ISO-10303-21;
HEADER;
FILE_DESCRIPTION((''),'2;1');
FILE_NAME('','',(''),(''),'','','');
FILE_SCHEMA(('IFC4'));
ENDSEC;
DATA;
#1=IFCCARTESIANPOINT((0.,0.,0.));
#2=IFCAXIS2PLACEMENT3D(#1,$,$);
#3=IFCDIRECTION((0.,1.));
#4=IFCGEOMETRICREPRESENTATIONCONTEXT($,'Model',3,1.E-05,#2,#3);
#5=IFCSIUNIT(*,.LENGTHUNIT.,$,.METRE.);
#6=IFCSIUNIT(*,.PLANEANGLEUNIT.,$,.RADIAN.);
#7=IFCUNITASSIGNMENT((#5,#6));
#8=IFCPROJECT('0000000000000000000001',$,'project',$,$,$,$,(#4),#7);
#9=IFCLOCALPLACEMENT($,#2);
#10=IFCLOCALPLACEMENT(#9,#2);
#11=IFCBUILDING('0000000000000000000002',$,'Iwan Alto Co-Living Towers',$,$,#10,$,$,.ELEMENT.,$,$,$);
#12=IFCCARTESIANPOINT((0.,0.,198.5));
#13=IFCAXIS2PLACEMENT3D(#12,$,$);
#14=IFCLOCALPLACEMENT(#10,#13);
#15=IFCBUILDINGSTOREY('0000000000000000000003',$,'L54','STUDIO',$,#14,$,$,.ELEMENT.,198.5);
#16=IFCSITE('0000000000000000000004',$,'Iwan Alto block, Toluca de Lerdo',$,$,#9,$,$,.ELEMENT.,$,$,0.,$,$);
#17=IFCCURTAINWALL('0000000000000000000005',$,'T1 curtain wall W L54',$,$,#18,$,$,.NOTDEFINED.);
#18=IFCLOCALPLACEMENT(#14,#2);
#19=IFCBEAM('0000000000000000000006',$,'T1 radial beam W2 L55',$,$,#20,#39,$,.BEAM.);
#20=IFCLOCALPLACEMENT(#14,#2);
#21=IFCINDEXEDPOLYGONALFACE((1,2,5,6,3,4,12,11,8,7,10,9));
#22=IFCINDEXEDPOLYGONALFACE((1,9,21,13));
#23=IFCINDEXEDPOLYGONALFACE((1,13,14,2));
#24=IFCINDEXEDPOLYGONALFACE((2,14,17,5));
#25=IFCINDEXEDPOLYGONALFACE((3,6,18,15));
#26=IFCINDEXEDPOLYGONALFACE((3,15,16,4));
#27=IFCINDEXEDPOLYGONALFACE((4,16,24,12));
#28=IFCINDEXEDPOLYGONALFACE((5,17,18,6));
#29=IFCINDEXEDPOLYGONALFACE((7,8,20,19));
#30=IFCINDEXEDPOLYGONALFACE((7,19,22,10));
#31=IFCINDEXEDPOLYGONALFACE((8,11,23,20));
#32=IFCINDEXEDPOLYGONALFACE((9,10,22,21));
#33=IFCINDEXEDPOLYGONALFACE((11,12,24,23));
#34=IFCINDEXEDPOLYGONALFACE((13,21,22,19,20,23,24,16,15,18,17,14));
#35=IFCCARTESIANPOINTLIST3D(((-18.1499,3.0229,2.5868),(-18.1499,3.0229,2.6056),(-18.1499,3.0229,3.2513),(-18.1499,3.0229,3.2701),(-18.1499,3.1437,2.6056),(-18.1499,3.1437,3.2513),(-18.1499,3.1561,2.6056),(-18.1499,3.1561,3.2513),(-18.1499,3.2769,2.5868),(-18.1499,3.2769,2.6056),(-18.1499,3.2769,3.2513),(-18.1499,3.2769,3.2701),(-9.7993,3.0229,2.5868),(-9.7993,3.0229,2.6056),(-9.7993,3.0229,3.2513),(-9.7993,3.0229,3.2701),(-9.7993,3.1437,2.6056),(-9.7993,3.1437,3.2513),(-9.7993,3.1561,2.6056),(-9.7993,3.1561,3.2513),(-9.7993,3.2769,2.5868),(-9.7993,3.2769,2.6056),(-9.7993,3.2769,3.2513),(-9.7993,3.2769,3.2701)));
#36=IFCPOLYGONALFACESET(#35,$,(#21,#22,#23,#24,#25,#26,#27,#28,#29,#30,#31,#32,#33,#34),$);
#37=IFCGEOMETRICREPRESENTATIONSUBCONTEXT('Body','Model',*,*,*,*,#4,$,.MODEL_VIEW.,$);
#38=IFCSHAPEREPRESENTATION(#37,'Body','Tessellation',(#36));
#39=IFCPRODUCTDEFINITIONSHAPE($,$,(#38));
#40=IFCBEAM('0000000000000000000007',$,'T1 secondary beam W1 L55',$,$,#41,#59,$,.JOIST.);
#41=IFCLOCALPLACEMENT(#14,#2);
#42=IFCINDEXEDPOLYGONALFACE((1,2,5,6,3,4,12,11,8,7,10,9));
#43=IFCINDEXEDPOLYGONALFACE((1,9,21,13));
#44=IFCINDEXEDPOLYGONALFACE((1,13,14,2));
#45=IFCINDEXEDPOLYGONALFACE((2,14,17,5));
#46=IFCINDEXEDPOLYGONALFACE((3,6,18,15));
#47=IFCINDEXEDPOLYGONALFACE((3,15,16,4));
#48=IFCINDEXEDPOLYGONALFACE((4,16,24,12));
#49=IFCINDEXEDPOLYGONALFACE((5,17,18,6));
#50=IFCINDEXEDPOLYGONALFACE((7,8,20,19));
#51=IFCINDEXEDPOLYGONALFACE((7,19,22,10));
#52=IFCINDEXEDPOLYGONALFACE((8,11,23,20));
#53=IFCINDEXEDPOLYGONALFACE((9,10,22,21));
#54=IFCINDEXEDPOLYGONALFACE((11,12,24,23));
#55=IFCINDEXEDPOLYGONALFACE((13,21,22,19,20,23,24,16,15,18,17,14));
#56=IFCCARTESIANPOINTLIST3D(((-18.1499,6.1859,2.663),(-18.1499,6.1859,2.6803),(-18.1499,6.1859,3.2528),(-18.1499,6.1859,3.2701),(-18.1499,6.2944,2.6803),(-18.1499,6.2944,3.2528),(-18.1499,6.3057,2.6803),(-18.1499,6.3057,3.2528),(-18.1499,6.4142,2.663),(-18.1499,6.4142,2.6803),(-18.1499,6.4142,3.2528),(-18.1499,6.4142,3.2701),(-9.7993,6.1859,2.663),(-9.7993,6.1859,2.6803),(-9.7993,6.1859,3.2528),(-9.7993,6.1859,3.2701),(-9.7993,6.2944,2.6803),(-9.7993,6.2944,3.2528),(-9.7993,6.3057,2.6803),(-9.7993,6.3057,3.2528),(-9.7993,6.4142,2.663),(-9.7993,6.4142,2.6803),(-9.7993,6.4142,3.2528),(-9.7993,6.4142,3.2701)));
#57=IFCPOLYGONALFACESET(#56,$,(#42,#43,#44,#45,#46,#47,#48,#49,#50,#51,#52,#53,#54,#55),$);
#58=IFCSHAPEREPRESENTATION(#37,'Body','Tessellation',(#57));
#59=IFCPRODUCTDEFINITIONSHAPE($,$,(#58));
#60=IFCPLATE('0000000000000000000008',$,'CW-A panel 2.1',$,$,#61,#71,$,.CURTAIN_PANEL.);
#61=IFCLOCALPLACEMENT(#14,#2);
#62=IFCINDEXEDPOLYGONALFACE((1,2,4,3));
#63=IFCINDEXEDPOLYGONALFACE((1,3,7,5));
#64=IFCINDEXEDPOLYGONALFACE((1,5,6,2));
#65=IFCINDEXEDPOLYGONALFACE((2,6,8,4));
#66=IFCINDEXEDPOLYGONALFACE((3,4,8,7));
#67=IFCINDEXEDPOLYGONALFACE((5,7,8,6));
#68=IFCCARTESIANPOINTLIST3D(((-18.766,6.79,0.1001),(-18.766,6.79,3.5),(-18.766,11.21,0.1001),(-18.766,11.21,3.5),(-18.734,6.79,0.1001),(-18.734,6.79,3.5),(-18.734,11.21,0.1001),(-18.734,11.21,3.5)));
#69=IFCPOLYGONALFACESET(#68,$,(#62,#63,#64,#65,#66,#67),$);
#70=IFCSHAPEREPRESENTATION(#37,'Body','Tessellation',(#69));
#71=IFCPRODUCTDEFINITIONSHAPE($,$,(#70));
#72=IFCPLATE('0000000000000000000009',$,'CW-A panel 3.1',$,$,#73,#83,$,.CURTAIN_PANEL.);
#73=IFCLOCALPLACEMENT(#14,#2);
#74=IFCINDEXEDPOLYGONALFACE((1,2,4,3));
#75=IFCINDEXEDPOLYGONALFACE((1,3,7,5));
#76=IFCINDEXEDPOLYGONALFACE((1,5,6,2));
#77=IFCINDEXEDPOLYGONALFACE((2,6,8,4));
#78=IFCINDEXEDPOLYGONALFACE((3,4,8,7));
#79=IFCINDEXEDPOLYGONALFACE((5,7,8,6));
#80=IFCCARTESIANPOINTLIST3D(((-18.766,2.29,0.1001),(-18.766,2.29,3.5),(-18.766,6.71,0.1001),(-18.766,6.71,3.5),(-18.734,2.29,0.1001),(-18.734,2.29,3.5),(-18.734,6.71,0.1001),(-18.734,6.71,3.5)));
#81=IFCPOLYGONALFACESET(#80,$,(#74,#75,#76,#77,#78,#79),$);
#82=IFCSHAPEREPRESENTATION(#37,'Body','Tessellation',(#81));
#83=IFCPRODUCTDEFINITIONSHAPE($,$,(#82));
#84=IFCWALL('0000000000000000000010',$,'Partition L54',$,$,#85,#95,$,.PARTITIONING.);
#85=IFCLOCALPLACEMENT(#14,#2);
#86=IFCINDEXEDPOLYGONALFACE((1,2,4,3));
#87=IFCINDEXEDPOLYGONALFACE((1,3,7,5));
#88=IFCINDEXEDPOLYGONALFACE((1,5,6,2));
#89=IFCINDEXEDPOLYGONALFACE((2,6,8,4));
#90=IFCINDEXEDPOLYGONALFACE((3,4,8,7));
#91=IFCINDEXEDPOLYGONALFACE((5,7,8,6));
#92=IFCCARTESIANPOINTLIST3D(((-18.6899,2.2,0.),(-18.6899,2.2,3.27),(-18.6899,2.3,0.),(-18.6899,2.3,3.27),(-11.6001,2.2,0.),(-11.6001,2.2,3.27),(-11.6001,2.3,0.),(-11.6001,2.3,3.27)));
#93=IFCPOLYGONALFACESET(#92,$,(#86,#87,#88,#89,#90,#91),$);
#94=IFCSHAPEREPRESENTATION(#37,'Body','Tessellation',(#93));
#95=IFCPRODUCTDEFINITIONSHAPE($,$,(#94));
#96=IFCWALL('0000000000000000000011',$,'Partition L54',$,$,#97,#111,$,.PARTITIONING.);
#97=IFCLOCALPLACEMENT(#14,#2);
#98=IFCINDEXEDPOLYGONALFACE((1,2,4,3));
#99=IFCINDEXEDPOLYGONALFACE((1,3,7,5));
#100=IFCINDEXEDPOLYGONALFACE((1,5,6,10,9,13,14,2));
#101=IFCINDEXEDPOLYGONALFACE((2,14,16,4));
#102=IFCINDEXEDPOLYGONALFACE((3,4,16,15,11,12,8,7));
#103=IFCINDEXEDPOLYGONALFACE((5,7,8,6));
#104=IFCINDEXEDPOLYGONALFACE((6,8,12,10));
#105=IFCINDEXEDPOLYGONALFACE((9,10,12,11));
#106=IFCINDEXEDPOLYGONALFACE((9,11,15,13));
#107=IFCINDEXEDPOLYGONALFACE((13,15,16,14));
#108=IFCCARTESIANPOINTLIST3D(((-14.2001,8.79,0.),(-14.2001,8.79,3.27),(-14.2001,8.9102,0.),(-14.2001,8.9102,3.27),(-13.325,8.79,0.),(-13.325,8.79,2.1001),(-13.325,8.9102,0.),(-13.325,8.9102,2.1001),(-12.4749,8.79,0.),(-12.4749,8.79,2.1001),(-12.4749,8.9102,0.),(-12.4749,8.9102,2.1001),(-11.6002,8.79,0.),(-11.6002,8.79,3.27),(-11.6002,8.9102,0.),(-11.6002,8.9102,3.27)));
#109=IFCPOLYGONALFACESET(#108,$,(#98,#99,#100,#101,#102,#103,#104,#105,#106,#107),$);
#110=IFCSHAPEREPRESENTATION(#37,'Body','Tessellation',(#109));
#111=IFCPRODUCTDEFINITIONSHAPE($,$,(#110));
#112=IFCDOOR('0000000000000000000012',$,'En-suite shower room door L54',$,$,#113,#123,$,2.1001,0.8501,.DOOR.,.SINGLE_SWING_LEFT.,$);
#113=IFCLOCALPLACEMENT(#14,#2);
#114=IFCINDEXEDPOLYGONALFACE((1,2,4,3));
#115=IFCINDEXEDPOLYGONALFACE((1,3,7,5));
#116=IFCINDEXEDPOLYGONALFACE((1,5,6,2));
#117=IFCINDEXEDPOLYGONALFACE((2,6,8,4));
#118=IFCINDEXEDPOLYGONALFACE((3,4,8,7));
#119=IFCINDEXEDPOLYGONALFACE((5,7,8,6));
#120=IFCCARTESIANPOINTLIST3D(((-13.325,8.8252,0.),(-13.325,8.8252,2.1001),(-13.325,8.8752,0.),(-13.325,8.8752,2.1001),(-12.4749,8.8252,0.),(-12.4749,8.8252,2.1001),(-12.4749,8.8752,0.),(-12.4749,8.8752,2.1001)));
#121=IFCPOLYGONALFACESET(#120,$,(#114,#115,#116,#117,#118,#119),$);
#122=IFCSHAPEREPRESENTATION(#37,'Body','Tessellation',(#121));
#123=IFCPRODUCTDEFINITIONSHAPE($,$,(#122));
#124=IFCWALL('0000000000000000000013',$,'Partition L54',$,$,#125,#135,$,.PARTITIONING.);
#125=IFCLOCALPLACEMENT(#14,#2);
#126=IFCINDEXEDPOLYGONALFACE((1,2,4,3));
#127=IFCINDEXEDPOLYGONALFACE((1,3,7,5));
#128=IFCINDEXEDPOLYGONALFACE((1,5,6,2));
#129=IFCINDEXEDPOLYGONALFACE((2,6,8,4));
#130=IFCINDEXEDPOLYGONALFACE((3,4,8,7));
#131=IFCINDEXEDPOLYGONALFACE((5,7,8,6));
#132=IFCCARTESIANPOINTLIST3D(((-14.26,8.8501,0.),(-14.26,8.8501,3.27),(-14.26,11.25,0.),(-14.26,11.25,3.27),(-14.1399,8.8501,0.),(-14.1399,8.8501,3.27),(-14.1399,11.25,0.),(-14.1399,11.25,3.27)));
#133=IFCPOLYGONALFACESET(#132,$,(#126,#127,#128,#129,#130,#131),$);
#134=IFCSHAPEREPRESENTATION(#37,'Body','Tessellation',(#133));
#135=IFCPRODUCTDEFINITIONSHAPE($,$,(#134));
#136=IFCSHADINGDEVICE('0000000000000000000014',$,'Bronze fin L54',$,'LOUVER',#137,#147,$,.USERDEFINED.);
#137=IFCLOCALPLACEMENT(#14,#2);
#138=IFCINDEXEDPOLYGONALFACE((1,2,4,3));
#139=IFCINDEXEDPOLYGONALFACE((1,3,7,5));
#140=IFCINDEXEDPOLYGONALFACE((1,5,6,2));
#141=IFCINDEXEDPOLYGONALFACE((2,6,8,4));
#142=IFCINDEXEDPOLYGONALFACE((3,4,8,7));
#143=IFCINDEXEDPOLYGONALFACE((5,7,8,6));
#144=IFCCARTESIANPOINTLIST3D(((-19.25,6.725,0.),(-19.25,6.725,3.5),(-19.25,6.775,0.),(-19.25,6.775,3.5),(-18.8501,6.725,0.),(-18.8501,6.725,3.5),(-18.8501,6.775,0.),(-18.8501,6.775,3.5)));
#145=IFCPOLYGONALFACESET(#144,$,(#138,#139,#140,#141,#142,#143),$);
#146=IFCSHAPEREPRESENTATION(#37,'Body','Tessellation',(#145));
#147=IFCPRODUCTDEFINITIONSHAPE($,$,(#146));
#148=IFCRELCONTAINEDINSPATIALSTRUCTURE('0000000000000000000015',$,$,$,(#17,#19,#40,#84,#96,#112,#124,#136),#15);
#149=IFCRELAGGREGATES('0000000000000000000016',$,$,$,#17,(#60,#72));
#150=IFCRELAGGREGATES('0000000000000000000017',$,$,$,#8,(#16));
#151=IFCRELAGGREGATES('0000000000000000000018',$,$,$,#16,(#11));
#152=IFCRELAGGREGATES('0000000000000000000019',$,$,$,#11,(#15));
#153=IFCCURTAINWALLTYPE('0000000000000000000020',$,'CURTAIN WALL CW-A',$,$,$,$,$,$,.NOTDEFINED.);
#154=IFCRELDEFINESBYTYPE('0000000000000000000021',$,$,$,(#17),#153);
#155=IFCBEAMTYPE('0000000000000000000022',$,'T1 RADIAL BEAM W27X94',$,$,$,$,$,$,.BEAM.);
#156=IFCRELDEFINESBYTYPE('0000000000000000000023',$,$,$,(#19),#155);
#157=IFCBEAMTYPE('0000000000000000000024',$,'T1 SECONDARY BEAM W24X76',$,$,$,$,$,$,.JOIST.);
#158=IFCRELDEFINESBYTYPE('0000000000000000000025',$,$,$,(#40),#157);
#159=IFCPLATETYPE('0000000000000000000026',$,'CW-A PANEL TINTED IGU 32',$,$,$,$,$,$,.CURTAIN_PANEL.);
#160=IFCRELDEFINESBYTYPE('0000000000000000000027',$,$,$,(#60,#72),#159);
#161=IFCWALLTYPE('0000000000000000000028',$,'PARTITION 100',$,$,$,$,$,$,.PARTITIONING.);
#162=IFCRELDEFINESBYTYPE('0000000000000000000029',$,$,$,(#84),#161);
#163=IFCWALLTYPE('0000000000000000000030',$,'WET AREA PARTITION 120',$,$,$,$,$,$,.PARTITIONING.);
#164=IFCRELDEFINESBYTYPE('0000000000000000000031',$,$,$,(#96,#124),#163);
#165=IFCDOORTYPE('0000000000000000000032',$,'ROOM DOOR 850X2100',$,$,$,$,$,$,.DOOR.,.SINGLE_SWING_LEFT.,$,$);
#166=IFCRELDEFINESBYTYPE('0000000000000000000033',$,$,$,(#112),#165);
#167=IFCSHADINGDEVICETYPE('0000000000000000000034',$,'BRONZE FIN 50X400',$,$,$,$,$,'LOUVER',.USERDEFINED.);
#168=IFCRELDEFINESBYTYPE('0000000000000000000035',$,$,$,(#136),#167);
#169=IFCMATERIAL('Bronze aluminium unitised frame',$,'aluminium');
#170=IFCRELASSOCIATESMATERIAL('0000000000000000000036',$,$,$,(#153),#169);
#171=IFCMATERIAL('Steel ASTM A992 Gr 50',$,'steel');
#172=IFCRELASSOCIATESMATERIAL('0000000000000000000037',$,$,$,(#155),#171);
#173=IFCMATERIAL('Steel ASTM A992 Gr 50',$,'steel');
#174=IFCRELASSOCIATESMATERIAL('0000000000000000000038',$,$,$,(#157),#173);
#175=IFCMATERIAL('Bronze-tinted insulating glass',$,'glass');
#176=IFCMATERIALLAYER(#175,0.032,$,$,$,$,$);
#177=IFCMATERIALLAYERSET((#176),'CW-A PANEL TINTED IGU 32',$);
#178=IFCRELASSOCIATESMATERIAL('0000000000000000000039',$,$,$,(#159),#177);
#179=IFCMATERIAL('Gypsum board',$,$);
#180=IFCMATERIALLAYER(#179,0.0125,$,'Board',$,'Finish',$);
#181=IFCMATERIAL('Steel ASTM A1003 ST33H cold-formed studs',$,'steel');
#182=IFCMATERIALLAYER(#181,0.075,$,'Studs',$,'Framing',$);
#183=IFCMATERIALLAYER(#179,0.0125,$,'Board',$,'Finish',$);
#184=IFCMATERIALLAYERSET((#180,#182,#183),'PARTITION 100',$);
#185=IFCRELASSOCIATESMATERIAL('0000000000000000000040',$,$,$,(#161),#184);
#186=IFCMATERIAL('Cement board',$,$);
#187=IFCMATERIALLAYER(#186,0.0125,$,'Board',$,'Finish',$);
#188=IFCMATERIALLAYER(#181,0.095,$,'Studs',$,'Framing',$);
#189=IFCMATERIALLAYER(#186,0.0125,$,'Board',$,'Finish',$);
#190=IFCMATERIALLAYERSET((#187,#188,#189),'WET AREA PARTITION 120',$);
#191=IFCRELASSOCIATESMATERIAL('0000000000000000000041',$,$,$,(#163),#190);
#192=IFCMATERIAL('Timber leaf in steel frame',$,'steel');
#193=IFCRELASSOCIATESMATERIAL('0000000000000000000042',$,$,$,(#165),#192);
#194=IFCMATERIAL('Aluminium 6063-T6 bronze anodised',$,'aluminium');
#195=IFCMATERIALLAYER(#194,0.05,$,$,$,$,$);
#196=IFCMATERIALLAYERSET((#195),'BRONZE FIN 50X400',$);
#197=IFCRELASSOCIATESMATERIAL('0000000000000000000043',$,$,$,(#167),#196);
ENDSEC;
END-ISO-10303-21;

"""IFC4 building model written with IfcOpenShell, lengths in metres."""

from ifc_helpers import new_model, si_unit, direction, frame, frame_2d, origin, origin_2d, place, context, subcontext, project, spatial, rectangle, i_section, extrude, material, layer, layer_set, material_profile, profile_set, type_object, element, fill, aggregate, save


model = new_model("IFC4")

# Units and contexts
model_context = context("Model", 3, precision=1e-05, world=origin(), true_north=direction((0.0, 1.0)))
body_context = subcontext(model_context, "Body", "Model", "MODEL_VIEW")
ifc_project = project(units=[si_unit("LENGTHUNIT", "METRE"), si_unit("PLANEANGLEUNIT", "RADIAN")], contexts=[model_context])

# Site, building, storey
site_placement = place(None, origin())
site = spatial("IfcSite", under=ifc_project, at=site_placement, Name="Iwan Alto block, Toluca de Lerdo", CompositionType="ELEMENT", RefElevation=0.0)
building_placement = place(site_placement, origin())
building = spatial("IfcBuilding", under=site, at=building_placement, Name="Iwan Alto Co-Living Towers", CompositionType="ELEMENT")
storey_placement = place(building_placement, frame((0.0, 0.0, 198.5)))
storey = spatial("IfcBuildingStorey", under=building, at=storey_placement, Name="L54", Description="STUDIO", CompositionType="ELEMENT", Elevation=198.5)

# Curtain wall
ifc_material_1 = material(Name="Bronze aluminium unitised frame", Category="aluminium")
curtain_wall_type = type_object("IfcCurtainWallType", Name="CURTAIN WALL CW-A", PredefinedType="NOTDEFINED", material=ifc_material_1)
curtain_wall_placement = place(storey_placement, origin())
curtain_wall = element("IfcCurtainWall", 1, at=curtain_wall_placement, inside=storey, type_object=curtain_wall_type, Name="T1 curtain wall W L54", PredefinedType="NOTDEFINED")

# Beams
ifc_material_2 = material(Name="Steel ASTM A992 Gr 50", Category="steel")
ifc_material_profile_1 = material_profile(ifc_material_2, i_section(OverallWidth=0.2539, OverallDepth=0.6833, WebThickness=0.0125, FlangeThickness=0.0188, at=origin_2d()), Name="W27X94")
ifc_profile_set_1 = profile_set([ifc_material_profile_1], Name="Steel ASTM A992 Gr 50")
beam_type_1 = type_object("IfcBeamType", Name="T1 RADIAL BEAM W27X94", PredefinedType="BEAM", material=ifc_profile_set_1)
for number, where, z_axis, x_axis, name in (
    (2, (-18.1499, 3.1499, 2.9285), (1.0, 0.0, 0.0), (0.0, 1.0, 0.0), "T1 radial beam W2 L55"),
):
    element("IfcBeam", number, at=place(storey_placement, frame(where, z_axis=z_axis, x_axis=x_axis)), inside=storey, type_object=beam_type_1, Name=name, PredefinedType="BEAM", context=body_context, shape_type="SweptSolid", body=[
        extrude(i_section(OverallWidth=0.2539, OverallDepth=0.6833, WebThickness=0.0125, FlangeThickness=0.0188, at=origin_2d()), origin(), (0.0, 0.0, 1.0), 8.3506),
    ])
ifc_material_3 = material(Name="Steel ASTM A992 Gr 50", Category="steel")
ifc_material_profile_2 = material_profile(ifc_material_3, i_section(OverallWidth=0.2283, OverallDepth=0.6072, WebThickness=0.0112, FlangeThickness=0.0173, at=origin_2d()), Name="W24X76")
ifc_profile_set_2 = profile_set([ifc_material_profile_2], Name="Steel ASTM A992 Gr 50")
beam_type_2 = type_object("IfcBeamType", Name="T1 SECONDARY BEAM W24X76", PredefinedType="JOIST", material=ifc_profile_set_2)
beam_1_placement = place(storey_placement, frame((-18.1499, 6.3, 2.9666), z_axis=(1.0, 0.0, 0.0), x_axis=(0.0, 1.0, 0.0)))
element("IfcBeam", 3, at=beam_1_placement, inside=storey, type_object=beam_type_2, Name="T1 secondary beam W1 L55", PredefinedType="JOIST", context=body_context, shape_type="SweptSolid", body=[
    extrude(i_section(OverallWidth=0.2283, OverallDepth=0.6072, WebThickness=0.0112, FlangeThickness=0.0173, at=origin_2d()), origin(), (0.0, 0.0, 1.0), 8.3506),
])

# Plates
ifc_material_4 = material(Name="Bronze-tinted insulating glass", Category="glass")
ifc_layer_1 = layer(ifc_material_4, 0.032)
ifc_layer_set_1 = layer_set([ifc_layer_1], Name="CW-A PANEL TINTED IGU 32")
plate_type = type_object("IfcPlateType", Name="CW-A PANEL TINTED IGU 32", PredefinedType="CURTAIN_PANEL", material=ifc_layer_set_1)
plate_1_placement = place(storey_placement, frame((-18.75, 9.0, 0.1001), z_axis=(0.0, 0.0, 1.0), x_axis=(0.0, -1.0, 0.0)))
plate_1 = element("IfcPlate", 4, at=plate_1_placement, type_object=plate_type, Name="CW-A panel 2.1", PredefinedType="CURTAIN_PANEL", context=body_context, shape_type="SweptSolid", body=[
    extrude(rectangle(XDim=4.4199, YDim=0.032, at=origin_2d()), origin(), (0.0, 0.0, 1.0), 3.3999),
])
plate_2_placement = place(storey_placement, frame((-18.75, 4.5, 0.1001), z_axis=(0.0, 0.0, 1.0), x_axis=(0.0, -1.0, 0.0)))
plate_2 = element("IfcPlate", 5, at=plate_2_placement, type_object=plate_type, Name="CW-A panel 3.1", PredefinedType="CURTAIN_PANEL", context=body_context, shape_type="SweptSolid", body=[
    extrude(rectangle(XDim=4.4199, YDim=0.032, at=origin_2d()), origin(), (0.0, 0.0, 1.0), 3.3999),
])
aggregate(curtain_wall, [plate_1, plate_2])

# Wall
ifc_material_5 = material(Name="Gypsum board")
ifc_layer_2 = layer(ifc_material_5, 0.0125, Name="Board", Category="Finish")
ifc_material_6 = material(Name="Steel ASTM A1003 ST33H cold-formed studs", Category="steel")
ifc_layer_3 = layer(ifc_material_6, 0.075, Name="Studs", Category="Framing")
ifc_layer_4 = layer(ifc_material_5, 0.0125, Name="Board", Category="Finish")
ifc_layer_set_2 = layer_set([ifc_layer_2, ifc_layer_3, ifc_layer_4], Name="PARTITION 100")
wall_type_1 = type_object("IfcWallType", Name="PARTITION 100", PredefinedType="PARTITIONING", material=ifc_layer_set_2)
wall_1_placement = place(storey_placement, frame((-18.6899, 2.25, 0.0), z_axis=(0.0, 0.0, 1.0), x_axis=(1.0, 0.0, 0.0)))
element("IfcWall", 6, at=wall_1_placement, inside=storey, type_object=wall_type_1, Name="Partition L54", PredefinedType="PARTITIONING", context=body_context, shape_type="SweptSolid", body=[
    extrude(rectangle(XDim=7.0898, YDim=0.1001, at=frame_2d((3.5449, 0.0))), origin(), (0.0, 0.0, 1.0), 3.27),
])

# Wall, opening, door
ifc_material_7 = material(Name="Cement board")
ifc_layer_5 = layer(ifc_material_7, 0.0125, Name="Board", Category="Finish")
ifc_layer_6 = layer(ifc_material_6, 0.095, Name="Studs", Category="Framing")
ifc_layer_7 = layer(ifc_material_7, 0.0125, Name="Board", Category="Finish")
ifc_layer_set_3 = layer_set([ifc_layer_5, ifc_layer_6, ifc_layer_7], Name="WET AREA PARTITION 120")
wall_type_2 = type_object("IfcWallType", Name="WET AREA PARTITION 120", PredefinedType="PARTITIONING", material=ifc_layer_set_3)
wall_2_placement = place(storey_placement, frame((-14.2, 8.8501, 0.0), z_axis=(0.0, 0.0, 1.0), x_axis=(1.0, 0.0, 0.0)))
wall_2 = element("IfcWall", 7, at=wall_2_placement, inside=storey, type_object=wall_type_2, Name="Partition L54", PredefinedType="PARTITIONING", context=body_context, shape_type="SweptSolid", body=[
    extrude(rectangle(XDim=2.5999, YDim=0.1201, at=frame_2d((1.2998, 0.0))), origin(), (0.0, 0.0, 1.0), 3.27),
])
opening_placement = place(wall_2_placement, frame((0.875, 0.0, 0.0)))
opening = element("IfcOpeningElement", 8, at=opening_placement, cuts=wall_2, PredefinedType="OPENING", context=body_context, shape_type="SweptSolid", body=[
    extrude(rectangle(XDim=0.8501, YDim=2.1001, at=frame_2d((0.425, 1.05))), frame((0.0, 0.0701, 0.0), z_axis=(0.0, -1.0, 0.0), x_axis=(1.0, 0.0, 0.0)), (0.0, 0.0, 1.0), 0.1401),
])
ifc_material_8 = material(Name="Timber leaf in steel frame", Category="steel")
door_type = type_object("IfcDoorType", Name="ROOM DOOR 850X2100", OperationType="SINGLE_SWING_LEFT", PredefinedType="DOOR", material=ifc_material_8)
door_placement = place(opening_placement, frame((0.8501, 0.0, 0.0), z_axis=(0.0, 0.0, 1.0), x_axis=(-1.0, 0.0, 0.0)))
door = element("IfcDoor", 9, at=door_placement, inside=storey, type_object=door_type, Name="En-suite shower room door L54", OperationType="SINGLE_SWING_LEFT", OverallHeight=2.1001, OverallWidth=0.8501, PredefinedType="DOOR", context=body_context, shape_type="SweptSolid", body=[
    extrude(rectangle(XDim=0.8501, YDim=2.1001, at=frame_2d((0.425, 1.05))), frame((0.0, 0.0249, 0.0), z_axis=(0.0, -1.0, 0.0), x_axis=(1.0, 0.0, 0.0)), (0.0, 0.0, 1.0), 0.05),
])
fill(opening, door)

# Wall
wall_3_placement = place(storey_placement, frame((-14.2, 8.8501, 0.0), z_axis=(0.0, 0.0, 1.0), x_axis=(0.0, 1.0, 0.0)))
element("IfcWall", 10, at=wall_3_placement, inside=storey, type_object=wall_type_2, Name="Partition L54", PredefinedType="PARTITIONING", context=body_context, shape_type="SweptSolid", body=[
    extrude(rectangle(XDim=2.3999, YDim=0.1201, at=frame_2d((1.2, 0.0))), origin(), (0.0, 0.0, 1.0), 3.27),
])

# Shading device
ifc_material_9 = material(Name="Aluminium 6063-T6 bronze anodised", Category="aluminium")
ifc_layer_8 = layer(ifc_material_9, 0.05)
ifc_layer_set_4 = layer_set([ifc_layer_8], Name="BRONZE FIN 50X400")
shading_device_type = type_object("IfcShadingDeviceType", Name="BRONZE FIN 50X400", ElementType="LOUVER", PredefinedType="USERDEFINED", material=ifc_layer_set_4)
shading_device_placement = place(storey_placement, frame((-19.05, 6.75, 0.0), z_axis=(0.0, 0.0, 1.0), x_axis=(0.0, -1.0, 0.0)))
element("IfcShadingDevice", 11, at=shading_device_placement, inside=storey, type_object=shading_device_type, Name="Bronze fin L54", ObjectType="LOUVER", PredefinedType="USERDEFINED", context=body_context, shape_type="SweptSolid", body=[
    extrude(rectangle(XDim=0.05, YDim=0.3999, at=origin_2d()), origin(), (0.0, 0.0, 1.0), 3.5),
])

save(model, "model.ifc")
